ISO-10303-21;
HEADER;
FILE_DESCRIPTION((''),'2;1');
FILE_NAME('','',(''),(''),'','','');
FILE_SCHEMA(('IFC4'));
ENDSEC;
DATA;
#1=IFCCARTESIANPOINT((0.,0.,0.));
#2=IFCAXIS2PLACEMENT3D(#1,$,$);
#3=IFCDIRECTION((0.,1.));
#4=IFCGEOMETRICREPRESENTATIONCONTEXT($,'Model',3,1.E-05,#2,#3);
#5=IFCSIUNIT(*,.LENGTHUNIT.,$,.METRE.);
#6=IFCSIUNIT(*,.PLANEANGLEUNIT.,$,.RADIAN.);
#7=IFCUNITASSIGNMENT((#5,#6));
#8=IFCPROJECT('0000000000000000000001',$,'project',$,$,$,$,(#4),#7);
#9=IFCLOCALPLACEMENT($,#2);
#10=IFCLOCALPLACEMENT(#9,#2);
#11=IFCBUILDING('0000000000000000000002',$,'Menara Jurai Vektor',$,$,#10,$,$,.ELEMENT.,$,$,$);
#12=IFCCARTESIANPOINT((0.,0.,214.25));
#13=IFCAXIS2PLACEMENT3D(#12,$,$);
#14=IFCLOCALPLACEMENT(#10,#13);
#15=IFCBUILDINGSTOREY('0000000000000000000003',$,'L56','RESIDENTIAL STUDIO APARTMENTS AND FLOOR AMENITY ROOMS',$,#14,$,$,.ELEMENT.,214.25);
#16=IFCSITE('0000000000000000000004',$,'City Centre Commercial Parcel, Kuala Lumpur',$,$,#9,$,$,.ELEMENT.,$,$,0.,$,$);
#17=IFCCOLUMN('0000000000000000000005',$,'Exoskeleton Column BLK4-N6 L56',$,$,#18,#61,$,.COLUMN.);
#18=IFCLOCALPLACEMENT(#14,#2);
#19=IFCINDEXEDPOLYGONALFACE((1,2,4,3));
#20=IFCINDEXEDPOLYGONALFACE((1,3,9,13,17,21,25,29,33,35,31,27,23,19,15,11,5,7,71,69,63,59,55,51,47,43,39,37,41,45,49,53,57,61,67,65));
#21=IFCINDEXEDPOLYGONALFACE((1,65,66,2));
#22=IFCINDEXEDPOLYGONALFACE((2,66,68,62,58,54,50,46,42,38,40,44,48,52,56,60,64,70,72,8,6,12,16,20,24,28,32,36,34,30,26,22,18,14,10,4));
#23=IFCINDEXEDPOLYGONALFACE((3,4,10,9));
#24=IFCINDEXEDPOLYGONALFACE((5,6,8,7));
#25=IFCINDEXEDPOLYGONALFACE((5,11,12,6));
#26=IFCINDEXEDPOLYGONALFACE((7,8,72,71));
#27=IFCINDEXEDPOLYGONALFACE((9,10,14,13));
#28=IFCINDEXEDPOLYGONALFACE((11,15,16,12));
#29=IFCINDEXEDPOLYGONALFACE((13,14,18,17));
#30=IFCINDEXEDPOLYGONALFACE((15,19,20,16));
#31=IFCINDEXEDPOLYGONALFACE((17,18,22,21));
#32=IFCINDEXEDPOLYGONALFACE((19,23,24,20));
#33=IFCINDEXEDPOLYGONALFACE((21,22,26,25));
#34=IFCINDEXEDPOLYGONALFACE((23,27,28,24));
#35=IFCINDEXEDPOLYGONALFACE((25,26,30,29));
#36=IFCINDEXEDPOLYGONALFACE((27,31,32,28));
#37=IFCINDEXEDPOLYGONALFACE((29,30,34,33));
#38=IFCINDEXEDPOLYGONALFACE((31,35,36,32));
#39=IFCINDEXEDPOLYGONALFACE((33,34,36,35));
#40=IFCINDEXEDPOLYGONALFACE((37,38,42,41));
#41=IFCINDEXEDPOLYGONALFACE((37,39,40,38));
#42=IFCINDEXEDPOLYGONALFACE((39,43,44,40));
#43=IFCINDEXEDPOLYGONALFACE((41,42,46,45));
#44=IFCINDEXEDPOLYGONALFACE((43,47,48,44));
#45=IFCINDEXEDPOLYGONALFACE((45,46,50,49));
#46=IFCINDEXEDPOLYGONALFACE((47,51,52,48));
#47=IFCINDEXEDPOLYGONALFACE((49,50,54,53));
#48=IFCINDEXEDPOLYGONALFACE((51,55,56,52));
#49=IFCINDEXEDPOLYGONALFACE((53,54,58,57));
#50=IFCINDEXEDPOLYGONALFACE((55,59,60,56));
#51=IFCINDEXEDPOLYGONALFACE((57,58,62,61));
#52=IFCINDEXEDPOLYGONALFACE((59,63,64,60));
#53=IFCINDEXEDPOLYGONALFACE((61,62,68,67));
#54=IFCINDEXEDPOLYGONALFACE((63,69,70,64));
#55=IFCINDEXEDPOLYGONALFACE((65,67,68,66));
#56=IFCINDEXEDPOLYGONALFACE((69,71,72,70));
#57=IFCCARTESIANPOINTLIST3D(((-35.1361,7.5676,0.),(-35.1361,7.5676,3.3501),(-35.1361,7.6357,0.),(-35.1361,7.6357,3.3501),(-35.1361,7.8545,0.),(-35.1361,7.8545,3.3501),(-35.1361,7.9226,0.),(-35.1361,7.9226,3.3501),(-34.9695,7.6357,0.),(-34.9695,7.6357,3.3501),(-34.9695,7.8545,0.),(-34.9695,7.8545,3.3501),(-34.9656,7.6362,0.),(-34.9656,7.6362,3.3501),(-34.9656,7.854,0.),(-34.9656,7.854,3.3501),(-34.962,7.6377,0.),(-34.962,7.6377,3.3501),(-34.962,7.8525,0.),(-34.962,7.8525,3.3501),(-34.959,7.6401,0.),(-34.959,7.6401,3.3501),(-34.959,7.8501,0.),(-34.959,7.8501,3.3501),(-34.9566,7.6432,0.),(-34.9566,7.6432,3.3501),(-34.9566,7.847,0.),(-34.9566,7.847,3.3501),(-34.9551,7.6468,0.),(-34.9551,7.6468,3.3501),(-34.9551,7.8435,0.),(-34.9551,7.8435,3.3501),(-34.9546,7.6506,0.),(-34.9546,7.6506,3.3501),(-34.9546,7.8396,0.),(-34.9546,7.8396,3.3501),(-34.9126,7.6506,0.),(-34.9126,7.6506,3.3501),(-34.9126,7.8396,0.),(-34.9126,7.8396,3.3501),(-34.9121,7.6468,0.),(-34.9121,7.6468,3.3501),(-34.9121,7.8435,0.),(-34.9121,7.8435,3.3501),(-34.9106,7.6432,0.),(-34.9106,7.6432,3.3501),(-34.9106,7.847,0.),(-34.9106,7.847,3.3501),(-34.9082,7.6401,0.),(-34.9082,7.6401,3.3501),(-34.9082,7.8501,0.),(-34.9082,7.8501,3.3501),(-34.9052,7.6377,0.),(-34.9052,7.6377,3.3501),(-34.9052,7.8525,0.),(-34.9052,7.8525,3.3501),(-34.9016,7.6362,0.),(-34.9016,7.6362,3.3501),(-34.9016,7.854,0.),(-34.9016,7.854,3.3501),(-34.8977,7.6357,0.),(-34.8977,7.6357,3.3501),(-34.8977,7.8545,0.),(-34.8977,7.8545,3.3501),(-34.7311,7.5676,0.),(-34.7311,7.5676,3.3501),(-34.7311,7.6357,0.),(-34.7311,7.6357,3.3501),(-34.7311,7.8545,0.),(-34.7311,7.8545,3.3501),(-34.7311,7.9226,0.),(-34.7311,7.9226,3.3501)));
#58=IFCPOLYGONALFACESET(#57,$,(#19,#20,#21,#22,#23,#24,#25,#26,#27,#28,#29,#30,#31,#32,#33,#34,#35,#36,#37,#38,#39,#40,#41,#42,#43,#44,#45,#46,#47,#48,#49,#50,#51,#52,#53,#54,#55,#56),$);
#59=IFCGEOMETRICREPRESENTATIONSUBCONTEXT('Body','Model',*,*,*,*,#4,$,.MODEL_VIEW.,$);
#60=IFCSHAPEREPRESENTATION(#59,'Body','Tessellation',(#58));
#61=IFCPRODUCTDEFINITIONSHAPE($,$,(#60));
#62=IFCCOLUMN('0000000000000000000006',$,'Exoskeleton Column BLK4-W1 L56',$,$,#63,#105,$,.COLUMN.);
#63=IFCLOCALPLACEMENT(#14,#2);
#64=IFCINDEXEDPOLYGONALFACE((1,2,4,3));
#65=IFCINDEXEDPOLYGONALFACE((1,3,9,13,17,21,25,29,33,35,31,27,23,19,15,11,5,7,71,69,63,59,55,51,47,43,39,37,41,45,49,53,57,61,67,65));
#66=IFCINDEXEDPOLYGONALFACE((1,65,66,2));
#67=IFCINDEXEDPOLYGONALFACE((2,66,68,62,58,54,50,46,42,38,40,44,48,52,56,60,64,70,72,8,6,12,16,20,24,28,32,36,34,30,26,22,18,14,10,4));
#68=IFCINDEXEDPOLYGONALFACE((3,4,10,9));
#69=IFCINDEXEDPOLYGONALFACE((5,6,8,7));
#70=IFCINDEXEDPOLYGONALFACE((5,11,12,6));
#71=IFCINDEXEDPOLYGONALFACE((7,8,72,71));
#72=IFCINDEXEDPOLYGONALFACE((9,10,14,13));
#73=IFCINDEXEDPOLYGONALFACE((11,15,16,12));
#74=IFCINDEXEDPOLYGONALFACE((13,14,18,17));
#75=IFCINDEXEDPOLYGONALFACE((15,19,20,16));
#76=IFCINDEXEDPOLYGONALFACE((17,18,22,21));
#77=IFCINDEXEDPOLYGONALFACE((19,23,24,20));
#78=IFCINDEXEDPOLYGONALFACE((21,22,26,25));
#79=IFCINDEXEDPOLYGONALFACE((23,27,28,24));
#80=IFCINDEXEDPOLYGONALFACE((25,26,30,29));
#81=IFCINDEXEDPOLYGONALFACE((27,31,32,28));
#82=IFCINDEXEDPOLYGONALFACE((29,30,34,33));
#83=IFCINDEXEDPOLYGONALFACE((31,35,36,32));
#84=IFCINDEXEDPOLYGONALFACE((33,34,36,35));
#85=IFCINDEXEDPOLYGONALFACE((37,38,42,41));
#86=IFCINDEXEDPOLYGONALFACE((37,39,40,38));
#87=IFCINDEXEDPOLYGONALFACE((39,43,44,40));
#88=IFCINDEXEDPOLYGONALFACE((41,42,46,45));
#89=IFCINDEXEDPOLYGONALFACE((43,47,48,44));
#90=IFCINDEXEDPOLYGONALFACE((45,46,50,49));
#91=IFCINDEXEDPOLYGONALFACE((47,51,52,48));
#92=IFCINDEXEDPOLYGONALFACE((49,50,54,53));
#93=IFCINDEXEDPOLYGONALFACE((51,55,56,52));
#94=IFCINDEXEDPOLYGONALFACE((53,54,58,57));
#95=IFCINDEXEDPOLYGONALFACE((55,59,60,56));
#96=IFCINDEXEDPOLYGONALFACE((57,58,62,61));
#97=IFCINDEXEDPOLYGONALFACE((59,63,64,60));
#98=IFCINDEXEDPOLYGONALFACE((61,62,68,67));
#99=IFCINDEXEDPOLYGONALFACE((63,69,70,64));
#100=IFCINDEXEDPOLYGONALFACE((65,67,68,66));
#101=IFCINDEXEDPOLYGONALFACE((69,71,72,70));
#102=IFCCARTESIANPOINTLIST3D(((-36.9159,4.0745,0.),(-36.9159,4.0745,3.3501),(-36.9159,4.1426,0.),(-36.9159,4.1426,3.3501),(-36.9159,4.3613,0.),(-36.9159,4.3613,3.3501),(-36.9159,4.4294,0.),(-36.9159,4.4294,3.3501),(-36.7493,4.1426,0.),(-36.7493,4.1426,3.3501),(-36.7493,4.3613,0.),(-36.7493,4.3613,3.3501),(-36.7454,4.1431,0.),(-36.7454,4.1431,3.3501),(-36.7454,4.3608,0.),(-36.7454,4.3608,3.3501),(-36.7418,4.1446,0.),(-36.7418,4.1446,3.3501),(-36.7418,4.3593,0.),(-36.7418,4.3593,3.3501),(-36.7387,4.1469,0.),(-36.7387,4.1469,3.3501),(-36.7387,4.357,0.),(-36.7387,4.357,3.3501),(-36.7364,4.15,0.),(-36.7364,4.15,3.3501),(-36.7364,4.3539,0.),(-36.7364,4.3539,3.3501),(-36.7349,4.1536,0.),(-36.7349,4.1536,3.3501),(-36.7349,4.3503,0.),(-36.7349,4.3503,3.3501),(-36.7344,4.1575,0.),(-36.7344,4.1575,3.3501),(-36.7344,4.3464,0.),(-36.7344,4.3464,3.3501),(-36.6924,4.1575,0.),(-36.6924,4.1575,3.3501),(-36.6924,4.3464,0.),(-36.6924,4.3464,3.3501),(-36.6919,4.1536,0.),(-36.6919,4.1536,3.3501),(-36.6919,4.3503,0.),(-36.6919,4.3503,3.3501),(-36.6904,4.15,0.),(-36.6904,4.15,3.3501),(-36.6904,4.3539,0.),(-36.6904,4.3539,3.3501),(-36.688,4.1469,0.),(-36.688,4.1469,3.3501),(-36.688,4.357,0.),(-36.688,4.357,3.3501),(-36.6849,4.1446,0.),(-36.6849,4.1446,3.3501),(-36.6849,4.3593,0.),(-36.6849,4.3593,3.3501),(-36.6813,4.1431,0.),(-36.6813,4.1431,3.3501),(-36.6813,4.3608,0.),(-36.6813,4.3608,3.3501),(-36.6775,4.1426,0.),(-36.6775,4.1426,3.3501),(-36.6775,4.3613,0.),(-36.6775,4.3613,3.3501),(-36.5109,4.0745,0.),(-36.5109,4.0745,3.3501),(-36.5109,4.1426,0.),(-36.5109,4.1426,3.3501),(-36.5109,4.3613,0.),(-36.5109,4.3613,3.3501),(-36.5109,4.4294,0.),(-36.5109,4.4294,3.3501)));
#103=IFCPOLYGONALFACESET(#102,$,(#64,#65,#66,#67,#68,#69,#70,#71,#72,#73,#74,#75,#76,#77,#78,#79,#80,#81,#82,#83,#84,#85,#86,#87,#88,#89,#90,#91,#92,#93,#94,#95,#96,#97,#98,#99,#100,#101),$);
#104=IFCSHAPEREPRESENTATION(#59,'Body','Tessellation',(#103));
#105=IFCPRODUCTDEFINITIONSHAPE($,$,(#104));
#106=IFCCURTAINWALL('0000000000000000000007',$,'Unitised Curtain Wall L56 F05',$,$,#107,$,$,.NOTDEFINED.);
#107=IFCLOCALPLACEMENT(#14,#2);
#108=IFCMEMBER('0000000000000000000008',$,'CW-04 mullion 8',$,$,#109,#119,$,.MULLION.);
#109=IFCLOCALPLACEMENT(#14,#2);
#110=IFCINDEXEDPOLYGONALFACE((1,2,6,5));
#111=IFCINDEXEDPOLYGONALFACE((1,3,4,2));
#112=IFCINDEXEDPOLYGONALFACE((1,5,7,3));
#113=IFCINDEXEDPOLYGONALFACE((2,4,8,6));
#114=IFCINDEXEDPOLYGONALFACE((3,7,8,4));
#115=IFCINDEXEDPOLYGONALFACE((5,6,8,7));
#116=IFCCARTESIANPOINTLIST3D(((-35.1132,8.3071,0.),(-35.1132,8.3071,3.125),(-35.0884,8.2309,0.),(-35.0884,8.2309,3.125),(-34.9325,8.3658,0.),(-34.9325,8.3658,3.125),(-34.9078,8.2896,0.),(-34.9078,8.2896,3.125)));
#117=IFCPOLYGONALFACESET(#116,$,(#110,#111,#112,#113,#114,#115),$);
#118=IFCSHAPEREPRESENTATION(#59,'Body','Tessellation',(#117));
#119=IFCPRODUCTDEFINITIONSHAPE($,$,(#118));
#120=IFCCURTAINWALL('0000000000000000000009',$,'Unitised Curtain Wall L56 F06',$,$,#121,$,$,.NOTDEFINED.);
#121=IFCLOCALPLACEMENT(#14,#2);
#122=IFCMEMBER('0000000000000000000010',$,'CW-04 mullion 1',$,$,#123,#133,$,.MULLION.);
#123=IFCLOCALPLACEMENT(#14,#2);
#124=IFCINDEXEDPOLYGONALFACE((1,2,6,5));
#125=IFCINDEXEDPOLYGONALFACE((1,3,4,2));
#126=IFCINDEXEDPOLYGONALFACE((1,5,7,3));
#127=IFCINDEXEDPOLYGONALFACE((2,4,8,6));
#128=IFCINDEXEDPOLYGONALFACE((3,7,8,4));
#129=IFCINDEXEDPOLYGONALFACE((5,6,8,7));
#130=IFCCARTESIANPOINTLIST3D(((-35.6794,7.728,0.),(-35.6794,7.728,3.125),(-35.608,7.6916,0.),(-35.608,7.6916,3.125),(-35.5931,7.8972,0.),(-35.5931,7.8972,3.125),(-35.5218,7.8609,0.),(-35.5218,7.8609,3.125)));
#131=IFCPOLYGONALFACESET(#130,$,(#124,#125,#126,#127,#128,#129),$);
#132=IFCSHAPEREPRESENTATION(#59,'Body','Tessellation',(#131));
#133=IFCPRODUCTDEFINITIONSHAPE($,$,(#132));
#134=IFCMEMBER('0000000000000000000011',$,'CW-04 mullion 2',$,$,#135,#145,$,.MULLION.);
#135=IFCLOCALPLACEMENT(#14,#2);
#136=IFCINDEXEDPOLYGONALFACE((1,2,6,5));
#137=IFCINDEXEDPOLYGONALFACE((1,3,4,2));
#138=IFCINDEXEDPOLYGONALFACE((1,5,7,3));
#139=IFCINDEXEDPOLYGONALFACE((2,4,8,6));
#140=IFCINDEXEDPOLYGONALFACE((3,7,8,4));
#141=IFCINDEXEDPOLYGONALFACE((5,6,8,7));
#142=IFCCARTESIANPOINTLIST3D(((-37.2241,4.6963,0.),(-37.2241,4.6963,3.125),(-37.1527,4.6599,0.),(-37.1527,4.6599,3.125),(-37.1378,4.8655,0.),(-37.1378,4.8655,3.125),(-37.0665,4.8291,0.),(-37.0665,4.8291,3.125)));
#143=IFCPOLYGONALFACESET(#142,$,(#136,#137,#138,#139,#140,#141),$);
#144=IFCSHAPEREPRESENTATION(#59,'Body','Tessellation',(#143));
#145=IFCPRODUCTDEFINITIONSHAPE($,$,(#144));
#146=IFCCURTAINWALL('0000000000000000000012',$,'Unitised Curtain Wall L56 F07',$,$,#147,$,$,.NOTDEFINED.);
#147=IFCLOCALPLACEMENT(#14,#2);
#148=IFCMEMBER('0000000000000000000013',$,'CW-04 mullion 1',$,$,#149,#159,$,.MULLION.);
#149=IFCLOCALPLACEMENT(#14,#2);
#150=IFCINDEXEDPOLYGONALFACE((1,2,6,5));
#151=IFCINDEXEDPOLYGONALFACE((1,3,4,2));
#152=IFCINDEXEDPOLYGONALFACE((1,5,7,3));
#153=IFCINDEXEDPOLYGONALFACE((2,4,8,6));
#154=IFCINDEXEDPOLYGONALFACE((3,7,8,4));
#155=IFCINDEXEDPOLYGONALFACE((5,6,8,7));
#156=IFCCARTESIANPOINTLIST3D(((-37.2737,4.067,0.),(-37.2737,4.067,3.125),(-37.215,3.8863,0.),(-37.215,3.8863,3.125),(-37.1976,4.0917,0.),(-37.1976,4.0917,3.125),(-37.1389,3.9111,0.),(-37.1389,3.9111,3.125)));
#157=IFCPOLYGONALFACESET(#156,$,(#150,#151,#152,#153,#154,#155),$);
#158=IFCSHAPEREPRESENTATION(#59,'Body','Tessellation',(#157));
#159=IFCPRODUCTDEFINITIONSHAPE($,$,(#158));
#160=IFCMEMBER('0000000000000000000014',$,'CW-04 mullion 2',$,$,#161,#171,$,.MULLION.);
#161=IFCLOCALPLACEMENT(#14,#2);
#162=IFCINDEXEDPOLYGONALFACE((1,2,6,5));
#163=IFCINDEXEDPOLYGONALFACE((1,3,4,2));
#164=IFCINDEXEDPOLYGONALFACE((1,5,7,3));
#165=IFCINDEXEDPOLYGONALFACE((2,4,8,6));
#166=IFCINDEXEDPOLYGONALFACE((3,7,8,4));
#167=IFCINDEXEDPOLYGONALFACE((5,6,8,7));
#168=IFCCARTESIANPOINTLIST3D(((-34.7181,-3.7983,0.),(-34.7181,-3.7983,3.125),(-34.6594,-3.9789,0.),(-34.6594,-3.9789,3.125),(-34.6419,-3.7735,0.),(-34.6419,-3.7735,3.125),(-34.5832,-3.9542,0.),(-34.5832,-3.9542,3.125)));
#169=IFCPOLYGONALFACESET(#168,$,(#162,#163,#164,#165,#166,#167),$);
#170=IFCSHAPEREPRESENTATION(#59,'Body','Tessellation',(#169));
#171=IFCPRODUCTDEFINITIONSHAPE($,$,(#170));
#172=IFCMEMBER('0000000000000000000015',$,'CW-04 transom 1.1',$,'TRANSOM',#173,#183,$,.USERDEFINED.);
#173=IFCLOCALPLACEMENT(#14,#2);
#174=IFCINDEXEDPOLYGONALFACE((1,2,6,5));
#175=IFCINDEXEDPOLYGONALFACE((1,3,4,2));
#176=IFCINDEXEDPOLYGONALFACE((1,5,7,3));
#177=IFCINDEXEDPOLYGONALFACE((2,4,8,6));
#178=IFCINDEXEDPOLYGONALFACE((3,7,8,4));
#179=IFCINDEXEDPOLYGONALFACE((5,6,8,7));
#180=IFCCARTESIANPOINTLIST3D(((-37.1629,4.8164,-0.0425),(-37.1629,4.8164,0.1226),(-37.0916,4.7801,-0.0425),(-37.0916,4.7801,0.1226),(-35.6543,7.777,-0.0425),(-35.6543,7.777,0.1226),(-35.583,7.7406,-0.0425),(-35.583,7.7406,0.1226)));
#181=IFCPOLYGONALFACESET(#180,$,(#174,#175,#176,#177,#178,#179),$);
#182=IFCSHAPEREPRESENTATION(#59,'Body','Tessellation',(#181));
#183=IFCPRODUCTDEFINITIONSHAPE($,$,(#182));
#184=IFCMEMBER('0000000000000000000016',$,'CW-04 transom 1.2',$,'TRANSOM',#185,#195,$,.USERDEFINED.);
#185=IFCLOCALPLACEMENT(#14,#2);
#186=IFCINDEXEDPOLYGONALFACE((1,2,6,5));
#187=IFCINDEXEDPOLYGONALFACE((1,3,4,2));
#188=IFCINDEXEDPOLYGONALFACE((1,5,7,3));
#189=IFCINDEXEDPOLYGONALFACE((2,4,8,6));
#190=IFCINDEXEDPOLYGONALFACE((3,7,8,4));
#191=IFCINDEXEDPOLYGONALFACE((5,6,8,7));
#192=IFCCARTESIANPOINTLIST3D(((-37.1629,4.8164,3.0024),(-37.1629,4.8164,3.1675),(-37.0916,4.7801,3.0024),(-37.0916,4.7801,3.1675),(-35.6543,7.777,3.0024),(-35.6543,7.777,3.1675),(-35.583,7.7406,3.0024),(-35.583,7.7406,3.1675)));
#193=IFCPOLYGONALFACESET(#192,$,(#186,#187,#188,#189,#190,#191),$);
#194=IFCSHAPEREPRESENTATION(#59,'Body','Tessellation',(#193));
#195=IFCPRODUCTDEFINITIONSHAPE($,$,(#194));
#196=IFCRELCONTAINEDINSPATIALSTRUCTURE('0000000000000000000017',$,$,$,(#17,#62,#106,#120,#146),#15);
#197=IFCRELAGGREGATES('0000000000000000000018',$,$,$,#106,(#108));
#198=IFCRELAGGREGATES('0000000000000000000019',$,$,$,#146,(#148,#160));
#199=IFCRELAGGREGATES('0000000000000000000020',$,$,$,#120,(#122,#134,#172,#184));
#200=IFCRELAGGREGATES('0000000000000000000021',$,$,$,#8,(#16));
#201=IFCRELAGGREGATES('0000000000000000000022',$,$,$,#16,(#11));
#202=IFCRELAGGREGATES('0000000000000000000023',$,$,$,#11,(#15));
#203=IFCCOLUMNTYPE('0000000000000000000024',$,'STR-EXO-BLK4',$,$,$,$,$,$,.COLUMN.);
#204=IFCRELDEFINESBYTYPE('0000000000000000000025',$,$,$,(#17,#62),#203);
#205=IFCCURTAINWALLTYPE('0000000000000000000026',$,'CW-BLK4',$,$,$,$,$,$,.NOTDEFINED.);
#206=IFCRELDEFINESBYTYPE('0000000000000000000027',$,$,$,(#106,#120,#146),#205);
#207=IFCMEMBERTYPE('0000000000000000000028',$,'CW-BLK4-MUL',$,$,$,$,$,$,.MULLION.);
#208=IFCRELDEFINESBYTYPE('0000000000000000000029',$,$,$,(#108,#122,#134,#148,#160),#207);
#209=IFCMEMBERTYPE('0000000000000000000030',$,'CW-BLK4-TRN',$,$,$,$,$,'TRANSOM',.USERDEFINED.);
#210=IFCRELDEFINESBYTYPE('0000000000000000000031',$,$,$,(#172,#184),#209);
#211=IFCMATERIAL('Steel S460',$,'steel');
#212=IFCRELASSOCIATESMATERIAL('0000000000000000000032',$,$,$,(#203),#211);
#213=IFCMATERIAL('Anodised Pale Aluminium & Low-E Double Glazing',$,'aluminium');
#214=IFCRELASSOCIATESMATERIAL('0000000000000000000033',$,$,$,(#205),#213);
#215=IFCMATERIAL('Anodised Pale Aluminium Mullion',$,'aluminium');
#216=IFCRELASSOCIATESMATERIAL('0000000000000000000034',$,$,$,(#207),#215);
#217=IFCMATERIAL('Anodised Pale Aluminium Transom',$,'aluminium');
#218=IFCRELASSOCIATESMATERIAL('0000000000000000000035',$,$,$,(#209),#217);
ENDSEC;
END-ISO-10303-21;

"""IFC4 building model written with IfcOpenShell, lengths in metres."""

from ifc_helpers import new_model, si_unit, direction, frame, origin, origin_2d, place, context, subcontext, project, spatial, rectangle, i_section, extrude, material, material_profile, profile_set, type_object, element, aggregate, save


model = new_model("IFC4")

# Units and contexts
model_context = context("Model", 3, precision=1e-05, world=origin(), true_north=direction((0.0, 1.0)))
body_context = subcontext(model_context, "Body", "Model", "MODEL_VIEW")
ifc_project = project(units=[si_unit("LENGTHUNIT", "METRE"), si_unit("PLANEANGLEUNIT", "RADIAN")], contexts=[model_context])

# Site, building, storey
site_placement = place(None, origin())
site = spatial("IfcSite", under=ifc_project, at=site_placement, Name="City Centre Commercial Parcel, Kuala Lumpur", CompositionType="ELEMENT", RefElevation=0.0)
building_placement = place(site_placement, origin())
building = spatial("IfcBuilding", under=site, at=building_placement, Name="Menara Jurai Vektor", CompositionType="ELEMENT")
storey_placement = place(building_placement, frame((0.0, 0.0, 214.25)))
storey = spatial("IfcBuildingStorey", under=building, at=storey_placement, Name="L56", Description="RESIDENTIAL STUDIO APARTMENTS AND FLOOR AMENITY ROOMS", CompositionType="ELEMENT", Elevation=214.25)

# Columns
ifc_material_1 = material(Name="Steel S460", Category="steel")
ifc_material_profile_1 = material_profile(ifc_material_1, i_section(OverallWidth=0.405, OverallDepth=0.355, WebThickness=0.042, FlangeThickness=0.0681, FilletRadius=0.0149, at=origin_2d()), Name="HD 400x551")
ifc_profile_set_1 = profile_set([ifc_material_profile_1], Name="Steel S460")
column_type = type_object("IfcColumnType", Name="STR-EXO-BLK4", PredefinedType="COLUMN", material=ifc_profile_set_1)
for number, where, z_axis, x_axis, name in (
    (1, (-34.9336, 7.7451, 0.0), (0.0, 0.0, 1.0), (1.0, 0.0, 0.0), "Exoskeleton Column BLK4-N6 L56"),
    (2, (-36.7134, 4.252, 0.0), (0.0, 0.0, 1.0), (1.0, 0.0, 0.0), "Exoskeleton Column BLK4-W1 L56"),
):
    element("IfcColumn", number, at=place(storey_placement, frame(where, z_axis=z_axis, x_axis=x_axis)), inside=storey, type_object=column_type, Name=name, PredefinedType="COLUMN", context=body_context, shape_type="SweptSolid", body=[
        extrude(i_section(OverallWidth=0.405, OverallDepth=0.355, WebThickness=0.042, FlangeThickness=0.0681, FilletRadius=0.0149, at=origin_2d()), origin(), (0.0, 0.0, 1.0), 3.3501),
    ])

# Curtain wall, member
ifc_material_2 = material(Name="Anodised Pale Aluminium & Low-E Double Glazing", Category="aluminium")
curtain_wall_type = type_object("IfcCurtainWallType", Name="CW-BLK4", PredefinedType="NOTDEFINED", material=ifc_material_2)
curtain_wall_1_placement = place(storey_placement, origin())
curtain_wall_1 = element("IfcCurtainWall", 3, at=curtain_wall_1_placement, inside=storey, type_object=curtain_wall_type, Name="Unitised Curtain Wall L56 F05", PredefinedType="NOTDEFINED")
ifc_material_3 = material(Name="Anodised Pale Aluminium Mullion", Category="aluminium")
ifc_material_profile_2 = material_profile(ifc_material_3, rectangle(XDim=0.0801, YDim=0.1899, at=origin_2d()), Name="ALU MUL 80x190")
ifc_profile_set_2 = profile_set([ifc_material_profile_2], Name="Anodised Pale Aluminium Mullion")
member_type_1 = type_object("IfcMemberType", Name="CW-BLK4-MUL", PredefinedType="MULLION", material=ifc_profile_set_2)
member_1_placement = place(storey_placement, frame((-35.0105, 8.2983, 0.0), z_axis=(0.0, 0.0, 1.0), x_axis=(0.309017, -0.951056, 0.0)))
member_1 = element("IfcMember", 4, at=member_1_placement, type_object=member_type_1, Name="CW-04 mullion 8", PredefinedType="MULLION", context=body_context, shape_type="SweptSolid", body=[
    extrude(rectangle(XDim=0.0801, YDim=0.1899, at=origin_2d()), origin(), (0.0, 0.0, 1.0), 3.125),
])
aggregate(curtain_wall_1, [member_1])

# Curtain walls, members
curtain_wall_2_placement = place(storey_placement, origin())
curtain_wall_2 = element("IfcCurtainWall", 5, at=curtain_wall_2_placement, inside=storey, type_object=curtain_wall_type, Name="Unitised Curtain Wall L56 F06", PredefinedType="NOTDEFINED")
member_2_placement = place(storey_placement, frame((-35.6006, 7.7944, 0.0), z_axis=(0.0, 0.0, 1.0), x_axis=(0.891008, -0.453989, 0.0)))
member_2 = element("IfcMember", 6, at=member_2_placement, type_object=member_type_1, Name="CW-04 mullion 1", PredefinedType="MULLION", context=body_context, shape_type="SweptSolid", body=[
    extrude(rectangle(XDim=0.0801, YDim=0.1899, at=origin_2d()), origin(), (0.0, 0.0, 1.0), 3.125),
])
member_3_placement = place(storey_placement, frame((-37.1453, 4.7627, 0.0), z_axis=(0.0, 0.0, 1.0), x_axis=(0.891008, -0.453989, 0.0)))
member_3 = element("IfcMember", 7, at=member_3_placement, type_object=member_type_1, Name="CW-04 mullion 2", PredefinedType="MULLION", context=body_context, shape_type="SweptSolid", body=[
    extrude(rectangle(XDim=0.0801, YDim=0.1899, at=origin_2d()), origin(), (0.0, 0.0, 1.0), 3.125),
])
curtain_wall_3_placement = place(storey_placement, origin())
curtain_wall_3 = element("IfcCurtainWall", 8, at=curtain_wall_3_placement, inside=storey, type_object=curtain_wall_type, Name="Unitised Curtain Wall L56 F07", PredefinedType="NOTDEFINED")
member_4_placement = place(storey_placement, frame((-37.2063, 3.989, 0.0), z_axis=(0.0, 0.0, 1.0), x_axis=(0.951057, 0.309016, 0.0)))
member_4 = element("IfcMember", 9, at=member_4_placement, type_object=member_type_1, Name="CW-04 mullion 1", PredefinedType="MULLION", context=body_context, shape_type="SweptSolid", body=[
    extrude(rectangle(XDim=0.0801, YDim=0.1899, at=origin_2d()), origin(), (0.0, 0.0, 1.0), 3.125),
])
member_5_placement = place(storey_placement, frame((-34.6506, -3.8762, 0.0), z_axis=(0.0, 0.0, 1.0), x_axis=(0.951057, 0.309016, 0.0)))
member_5 = element("IfcMember", 10, at=member_5_placement, type_object=member_type_1, Name="CW-04 mullion 2", PredefinedType="MULLION", context=body_context, shape_type="SweptSolid", body=[
    extrude(rectangle(XDim=0.0801, YDim=0.1899, at=origin_2d()), origin(), (0.0, 0.0, 1.0), 3.125),
])

# Members
ifc_material_4 = material(Name="Anodised Pale Aluminium Transom", Category="aluminium")
ifc_material_profile_3 = material_profile(ifc_material_4, rectangle(XDim=0.0801, YDim=0.165, at=origin_2d()), Name="ALU TRN 80x165")
ifc_profile_set_3 = profile_set([ifc_material_profile_3], Name="Anodised Pale Aluminium Transom")
member_type_2 = type_object("IfcMemberType", Name="CW-BLK4-TRN", ElementType="TRANSOM", PredefinedType="USERDEFINED", material=ifc_profile_set_3)
member_6_placement = place(storey_placement, frame((-35.6187, 7.7588, 0.04), z_axis=(-0.454019, -0.890992, 0.0), x_axis=(0.890992, -0.454019, 0.0)))
member_6 = element("IfcMember", 11, at=member_6_placement, type_object=member_type_2, Name="CW-04 transom 1.1", ObjectType="TRANSOM", PredefinedType="USERDEFINED", context=body_context, shape_type="SweptSolid", body=[
    extrude(rectangle(XDim=0.0801, YDim=0.165, at=origin_2d()), origin(), (0.0, 0.0, 1.0), 3.3228),
])
member_7_placement = place(storey_placement, frame((-35.6187, 7.7588, 3.085), z_axis=(-0.454019, -0.890992, 0.0), x_axis=(0.890992, -0.454019, 0.0)))
member_7 = element("IfcMember", 12, at=member_7_placement, type_object=member_type_2, Name="CW-04 transom 1.2", ObjectType="TRANSOM", PredefinedType="USERDEFINED", context=body_context, shape_type="SweptSolid", body=[
    extrude(rectangle(XDim=0.0801, YDim=0.165, at=origin_2d()), origin(), (0.0, 0.0, 1.0), 3.3228),
])

aggregate(curtain_wall_3, [member_4, member_5])
aggregate(curtain_wall_2, [member_2, member_3, member_6, member_7])

save(model, "model.ifc")
